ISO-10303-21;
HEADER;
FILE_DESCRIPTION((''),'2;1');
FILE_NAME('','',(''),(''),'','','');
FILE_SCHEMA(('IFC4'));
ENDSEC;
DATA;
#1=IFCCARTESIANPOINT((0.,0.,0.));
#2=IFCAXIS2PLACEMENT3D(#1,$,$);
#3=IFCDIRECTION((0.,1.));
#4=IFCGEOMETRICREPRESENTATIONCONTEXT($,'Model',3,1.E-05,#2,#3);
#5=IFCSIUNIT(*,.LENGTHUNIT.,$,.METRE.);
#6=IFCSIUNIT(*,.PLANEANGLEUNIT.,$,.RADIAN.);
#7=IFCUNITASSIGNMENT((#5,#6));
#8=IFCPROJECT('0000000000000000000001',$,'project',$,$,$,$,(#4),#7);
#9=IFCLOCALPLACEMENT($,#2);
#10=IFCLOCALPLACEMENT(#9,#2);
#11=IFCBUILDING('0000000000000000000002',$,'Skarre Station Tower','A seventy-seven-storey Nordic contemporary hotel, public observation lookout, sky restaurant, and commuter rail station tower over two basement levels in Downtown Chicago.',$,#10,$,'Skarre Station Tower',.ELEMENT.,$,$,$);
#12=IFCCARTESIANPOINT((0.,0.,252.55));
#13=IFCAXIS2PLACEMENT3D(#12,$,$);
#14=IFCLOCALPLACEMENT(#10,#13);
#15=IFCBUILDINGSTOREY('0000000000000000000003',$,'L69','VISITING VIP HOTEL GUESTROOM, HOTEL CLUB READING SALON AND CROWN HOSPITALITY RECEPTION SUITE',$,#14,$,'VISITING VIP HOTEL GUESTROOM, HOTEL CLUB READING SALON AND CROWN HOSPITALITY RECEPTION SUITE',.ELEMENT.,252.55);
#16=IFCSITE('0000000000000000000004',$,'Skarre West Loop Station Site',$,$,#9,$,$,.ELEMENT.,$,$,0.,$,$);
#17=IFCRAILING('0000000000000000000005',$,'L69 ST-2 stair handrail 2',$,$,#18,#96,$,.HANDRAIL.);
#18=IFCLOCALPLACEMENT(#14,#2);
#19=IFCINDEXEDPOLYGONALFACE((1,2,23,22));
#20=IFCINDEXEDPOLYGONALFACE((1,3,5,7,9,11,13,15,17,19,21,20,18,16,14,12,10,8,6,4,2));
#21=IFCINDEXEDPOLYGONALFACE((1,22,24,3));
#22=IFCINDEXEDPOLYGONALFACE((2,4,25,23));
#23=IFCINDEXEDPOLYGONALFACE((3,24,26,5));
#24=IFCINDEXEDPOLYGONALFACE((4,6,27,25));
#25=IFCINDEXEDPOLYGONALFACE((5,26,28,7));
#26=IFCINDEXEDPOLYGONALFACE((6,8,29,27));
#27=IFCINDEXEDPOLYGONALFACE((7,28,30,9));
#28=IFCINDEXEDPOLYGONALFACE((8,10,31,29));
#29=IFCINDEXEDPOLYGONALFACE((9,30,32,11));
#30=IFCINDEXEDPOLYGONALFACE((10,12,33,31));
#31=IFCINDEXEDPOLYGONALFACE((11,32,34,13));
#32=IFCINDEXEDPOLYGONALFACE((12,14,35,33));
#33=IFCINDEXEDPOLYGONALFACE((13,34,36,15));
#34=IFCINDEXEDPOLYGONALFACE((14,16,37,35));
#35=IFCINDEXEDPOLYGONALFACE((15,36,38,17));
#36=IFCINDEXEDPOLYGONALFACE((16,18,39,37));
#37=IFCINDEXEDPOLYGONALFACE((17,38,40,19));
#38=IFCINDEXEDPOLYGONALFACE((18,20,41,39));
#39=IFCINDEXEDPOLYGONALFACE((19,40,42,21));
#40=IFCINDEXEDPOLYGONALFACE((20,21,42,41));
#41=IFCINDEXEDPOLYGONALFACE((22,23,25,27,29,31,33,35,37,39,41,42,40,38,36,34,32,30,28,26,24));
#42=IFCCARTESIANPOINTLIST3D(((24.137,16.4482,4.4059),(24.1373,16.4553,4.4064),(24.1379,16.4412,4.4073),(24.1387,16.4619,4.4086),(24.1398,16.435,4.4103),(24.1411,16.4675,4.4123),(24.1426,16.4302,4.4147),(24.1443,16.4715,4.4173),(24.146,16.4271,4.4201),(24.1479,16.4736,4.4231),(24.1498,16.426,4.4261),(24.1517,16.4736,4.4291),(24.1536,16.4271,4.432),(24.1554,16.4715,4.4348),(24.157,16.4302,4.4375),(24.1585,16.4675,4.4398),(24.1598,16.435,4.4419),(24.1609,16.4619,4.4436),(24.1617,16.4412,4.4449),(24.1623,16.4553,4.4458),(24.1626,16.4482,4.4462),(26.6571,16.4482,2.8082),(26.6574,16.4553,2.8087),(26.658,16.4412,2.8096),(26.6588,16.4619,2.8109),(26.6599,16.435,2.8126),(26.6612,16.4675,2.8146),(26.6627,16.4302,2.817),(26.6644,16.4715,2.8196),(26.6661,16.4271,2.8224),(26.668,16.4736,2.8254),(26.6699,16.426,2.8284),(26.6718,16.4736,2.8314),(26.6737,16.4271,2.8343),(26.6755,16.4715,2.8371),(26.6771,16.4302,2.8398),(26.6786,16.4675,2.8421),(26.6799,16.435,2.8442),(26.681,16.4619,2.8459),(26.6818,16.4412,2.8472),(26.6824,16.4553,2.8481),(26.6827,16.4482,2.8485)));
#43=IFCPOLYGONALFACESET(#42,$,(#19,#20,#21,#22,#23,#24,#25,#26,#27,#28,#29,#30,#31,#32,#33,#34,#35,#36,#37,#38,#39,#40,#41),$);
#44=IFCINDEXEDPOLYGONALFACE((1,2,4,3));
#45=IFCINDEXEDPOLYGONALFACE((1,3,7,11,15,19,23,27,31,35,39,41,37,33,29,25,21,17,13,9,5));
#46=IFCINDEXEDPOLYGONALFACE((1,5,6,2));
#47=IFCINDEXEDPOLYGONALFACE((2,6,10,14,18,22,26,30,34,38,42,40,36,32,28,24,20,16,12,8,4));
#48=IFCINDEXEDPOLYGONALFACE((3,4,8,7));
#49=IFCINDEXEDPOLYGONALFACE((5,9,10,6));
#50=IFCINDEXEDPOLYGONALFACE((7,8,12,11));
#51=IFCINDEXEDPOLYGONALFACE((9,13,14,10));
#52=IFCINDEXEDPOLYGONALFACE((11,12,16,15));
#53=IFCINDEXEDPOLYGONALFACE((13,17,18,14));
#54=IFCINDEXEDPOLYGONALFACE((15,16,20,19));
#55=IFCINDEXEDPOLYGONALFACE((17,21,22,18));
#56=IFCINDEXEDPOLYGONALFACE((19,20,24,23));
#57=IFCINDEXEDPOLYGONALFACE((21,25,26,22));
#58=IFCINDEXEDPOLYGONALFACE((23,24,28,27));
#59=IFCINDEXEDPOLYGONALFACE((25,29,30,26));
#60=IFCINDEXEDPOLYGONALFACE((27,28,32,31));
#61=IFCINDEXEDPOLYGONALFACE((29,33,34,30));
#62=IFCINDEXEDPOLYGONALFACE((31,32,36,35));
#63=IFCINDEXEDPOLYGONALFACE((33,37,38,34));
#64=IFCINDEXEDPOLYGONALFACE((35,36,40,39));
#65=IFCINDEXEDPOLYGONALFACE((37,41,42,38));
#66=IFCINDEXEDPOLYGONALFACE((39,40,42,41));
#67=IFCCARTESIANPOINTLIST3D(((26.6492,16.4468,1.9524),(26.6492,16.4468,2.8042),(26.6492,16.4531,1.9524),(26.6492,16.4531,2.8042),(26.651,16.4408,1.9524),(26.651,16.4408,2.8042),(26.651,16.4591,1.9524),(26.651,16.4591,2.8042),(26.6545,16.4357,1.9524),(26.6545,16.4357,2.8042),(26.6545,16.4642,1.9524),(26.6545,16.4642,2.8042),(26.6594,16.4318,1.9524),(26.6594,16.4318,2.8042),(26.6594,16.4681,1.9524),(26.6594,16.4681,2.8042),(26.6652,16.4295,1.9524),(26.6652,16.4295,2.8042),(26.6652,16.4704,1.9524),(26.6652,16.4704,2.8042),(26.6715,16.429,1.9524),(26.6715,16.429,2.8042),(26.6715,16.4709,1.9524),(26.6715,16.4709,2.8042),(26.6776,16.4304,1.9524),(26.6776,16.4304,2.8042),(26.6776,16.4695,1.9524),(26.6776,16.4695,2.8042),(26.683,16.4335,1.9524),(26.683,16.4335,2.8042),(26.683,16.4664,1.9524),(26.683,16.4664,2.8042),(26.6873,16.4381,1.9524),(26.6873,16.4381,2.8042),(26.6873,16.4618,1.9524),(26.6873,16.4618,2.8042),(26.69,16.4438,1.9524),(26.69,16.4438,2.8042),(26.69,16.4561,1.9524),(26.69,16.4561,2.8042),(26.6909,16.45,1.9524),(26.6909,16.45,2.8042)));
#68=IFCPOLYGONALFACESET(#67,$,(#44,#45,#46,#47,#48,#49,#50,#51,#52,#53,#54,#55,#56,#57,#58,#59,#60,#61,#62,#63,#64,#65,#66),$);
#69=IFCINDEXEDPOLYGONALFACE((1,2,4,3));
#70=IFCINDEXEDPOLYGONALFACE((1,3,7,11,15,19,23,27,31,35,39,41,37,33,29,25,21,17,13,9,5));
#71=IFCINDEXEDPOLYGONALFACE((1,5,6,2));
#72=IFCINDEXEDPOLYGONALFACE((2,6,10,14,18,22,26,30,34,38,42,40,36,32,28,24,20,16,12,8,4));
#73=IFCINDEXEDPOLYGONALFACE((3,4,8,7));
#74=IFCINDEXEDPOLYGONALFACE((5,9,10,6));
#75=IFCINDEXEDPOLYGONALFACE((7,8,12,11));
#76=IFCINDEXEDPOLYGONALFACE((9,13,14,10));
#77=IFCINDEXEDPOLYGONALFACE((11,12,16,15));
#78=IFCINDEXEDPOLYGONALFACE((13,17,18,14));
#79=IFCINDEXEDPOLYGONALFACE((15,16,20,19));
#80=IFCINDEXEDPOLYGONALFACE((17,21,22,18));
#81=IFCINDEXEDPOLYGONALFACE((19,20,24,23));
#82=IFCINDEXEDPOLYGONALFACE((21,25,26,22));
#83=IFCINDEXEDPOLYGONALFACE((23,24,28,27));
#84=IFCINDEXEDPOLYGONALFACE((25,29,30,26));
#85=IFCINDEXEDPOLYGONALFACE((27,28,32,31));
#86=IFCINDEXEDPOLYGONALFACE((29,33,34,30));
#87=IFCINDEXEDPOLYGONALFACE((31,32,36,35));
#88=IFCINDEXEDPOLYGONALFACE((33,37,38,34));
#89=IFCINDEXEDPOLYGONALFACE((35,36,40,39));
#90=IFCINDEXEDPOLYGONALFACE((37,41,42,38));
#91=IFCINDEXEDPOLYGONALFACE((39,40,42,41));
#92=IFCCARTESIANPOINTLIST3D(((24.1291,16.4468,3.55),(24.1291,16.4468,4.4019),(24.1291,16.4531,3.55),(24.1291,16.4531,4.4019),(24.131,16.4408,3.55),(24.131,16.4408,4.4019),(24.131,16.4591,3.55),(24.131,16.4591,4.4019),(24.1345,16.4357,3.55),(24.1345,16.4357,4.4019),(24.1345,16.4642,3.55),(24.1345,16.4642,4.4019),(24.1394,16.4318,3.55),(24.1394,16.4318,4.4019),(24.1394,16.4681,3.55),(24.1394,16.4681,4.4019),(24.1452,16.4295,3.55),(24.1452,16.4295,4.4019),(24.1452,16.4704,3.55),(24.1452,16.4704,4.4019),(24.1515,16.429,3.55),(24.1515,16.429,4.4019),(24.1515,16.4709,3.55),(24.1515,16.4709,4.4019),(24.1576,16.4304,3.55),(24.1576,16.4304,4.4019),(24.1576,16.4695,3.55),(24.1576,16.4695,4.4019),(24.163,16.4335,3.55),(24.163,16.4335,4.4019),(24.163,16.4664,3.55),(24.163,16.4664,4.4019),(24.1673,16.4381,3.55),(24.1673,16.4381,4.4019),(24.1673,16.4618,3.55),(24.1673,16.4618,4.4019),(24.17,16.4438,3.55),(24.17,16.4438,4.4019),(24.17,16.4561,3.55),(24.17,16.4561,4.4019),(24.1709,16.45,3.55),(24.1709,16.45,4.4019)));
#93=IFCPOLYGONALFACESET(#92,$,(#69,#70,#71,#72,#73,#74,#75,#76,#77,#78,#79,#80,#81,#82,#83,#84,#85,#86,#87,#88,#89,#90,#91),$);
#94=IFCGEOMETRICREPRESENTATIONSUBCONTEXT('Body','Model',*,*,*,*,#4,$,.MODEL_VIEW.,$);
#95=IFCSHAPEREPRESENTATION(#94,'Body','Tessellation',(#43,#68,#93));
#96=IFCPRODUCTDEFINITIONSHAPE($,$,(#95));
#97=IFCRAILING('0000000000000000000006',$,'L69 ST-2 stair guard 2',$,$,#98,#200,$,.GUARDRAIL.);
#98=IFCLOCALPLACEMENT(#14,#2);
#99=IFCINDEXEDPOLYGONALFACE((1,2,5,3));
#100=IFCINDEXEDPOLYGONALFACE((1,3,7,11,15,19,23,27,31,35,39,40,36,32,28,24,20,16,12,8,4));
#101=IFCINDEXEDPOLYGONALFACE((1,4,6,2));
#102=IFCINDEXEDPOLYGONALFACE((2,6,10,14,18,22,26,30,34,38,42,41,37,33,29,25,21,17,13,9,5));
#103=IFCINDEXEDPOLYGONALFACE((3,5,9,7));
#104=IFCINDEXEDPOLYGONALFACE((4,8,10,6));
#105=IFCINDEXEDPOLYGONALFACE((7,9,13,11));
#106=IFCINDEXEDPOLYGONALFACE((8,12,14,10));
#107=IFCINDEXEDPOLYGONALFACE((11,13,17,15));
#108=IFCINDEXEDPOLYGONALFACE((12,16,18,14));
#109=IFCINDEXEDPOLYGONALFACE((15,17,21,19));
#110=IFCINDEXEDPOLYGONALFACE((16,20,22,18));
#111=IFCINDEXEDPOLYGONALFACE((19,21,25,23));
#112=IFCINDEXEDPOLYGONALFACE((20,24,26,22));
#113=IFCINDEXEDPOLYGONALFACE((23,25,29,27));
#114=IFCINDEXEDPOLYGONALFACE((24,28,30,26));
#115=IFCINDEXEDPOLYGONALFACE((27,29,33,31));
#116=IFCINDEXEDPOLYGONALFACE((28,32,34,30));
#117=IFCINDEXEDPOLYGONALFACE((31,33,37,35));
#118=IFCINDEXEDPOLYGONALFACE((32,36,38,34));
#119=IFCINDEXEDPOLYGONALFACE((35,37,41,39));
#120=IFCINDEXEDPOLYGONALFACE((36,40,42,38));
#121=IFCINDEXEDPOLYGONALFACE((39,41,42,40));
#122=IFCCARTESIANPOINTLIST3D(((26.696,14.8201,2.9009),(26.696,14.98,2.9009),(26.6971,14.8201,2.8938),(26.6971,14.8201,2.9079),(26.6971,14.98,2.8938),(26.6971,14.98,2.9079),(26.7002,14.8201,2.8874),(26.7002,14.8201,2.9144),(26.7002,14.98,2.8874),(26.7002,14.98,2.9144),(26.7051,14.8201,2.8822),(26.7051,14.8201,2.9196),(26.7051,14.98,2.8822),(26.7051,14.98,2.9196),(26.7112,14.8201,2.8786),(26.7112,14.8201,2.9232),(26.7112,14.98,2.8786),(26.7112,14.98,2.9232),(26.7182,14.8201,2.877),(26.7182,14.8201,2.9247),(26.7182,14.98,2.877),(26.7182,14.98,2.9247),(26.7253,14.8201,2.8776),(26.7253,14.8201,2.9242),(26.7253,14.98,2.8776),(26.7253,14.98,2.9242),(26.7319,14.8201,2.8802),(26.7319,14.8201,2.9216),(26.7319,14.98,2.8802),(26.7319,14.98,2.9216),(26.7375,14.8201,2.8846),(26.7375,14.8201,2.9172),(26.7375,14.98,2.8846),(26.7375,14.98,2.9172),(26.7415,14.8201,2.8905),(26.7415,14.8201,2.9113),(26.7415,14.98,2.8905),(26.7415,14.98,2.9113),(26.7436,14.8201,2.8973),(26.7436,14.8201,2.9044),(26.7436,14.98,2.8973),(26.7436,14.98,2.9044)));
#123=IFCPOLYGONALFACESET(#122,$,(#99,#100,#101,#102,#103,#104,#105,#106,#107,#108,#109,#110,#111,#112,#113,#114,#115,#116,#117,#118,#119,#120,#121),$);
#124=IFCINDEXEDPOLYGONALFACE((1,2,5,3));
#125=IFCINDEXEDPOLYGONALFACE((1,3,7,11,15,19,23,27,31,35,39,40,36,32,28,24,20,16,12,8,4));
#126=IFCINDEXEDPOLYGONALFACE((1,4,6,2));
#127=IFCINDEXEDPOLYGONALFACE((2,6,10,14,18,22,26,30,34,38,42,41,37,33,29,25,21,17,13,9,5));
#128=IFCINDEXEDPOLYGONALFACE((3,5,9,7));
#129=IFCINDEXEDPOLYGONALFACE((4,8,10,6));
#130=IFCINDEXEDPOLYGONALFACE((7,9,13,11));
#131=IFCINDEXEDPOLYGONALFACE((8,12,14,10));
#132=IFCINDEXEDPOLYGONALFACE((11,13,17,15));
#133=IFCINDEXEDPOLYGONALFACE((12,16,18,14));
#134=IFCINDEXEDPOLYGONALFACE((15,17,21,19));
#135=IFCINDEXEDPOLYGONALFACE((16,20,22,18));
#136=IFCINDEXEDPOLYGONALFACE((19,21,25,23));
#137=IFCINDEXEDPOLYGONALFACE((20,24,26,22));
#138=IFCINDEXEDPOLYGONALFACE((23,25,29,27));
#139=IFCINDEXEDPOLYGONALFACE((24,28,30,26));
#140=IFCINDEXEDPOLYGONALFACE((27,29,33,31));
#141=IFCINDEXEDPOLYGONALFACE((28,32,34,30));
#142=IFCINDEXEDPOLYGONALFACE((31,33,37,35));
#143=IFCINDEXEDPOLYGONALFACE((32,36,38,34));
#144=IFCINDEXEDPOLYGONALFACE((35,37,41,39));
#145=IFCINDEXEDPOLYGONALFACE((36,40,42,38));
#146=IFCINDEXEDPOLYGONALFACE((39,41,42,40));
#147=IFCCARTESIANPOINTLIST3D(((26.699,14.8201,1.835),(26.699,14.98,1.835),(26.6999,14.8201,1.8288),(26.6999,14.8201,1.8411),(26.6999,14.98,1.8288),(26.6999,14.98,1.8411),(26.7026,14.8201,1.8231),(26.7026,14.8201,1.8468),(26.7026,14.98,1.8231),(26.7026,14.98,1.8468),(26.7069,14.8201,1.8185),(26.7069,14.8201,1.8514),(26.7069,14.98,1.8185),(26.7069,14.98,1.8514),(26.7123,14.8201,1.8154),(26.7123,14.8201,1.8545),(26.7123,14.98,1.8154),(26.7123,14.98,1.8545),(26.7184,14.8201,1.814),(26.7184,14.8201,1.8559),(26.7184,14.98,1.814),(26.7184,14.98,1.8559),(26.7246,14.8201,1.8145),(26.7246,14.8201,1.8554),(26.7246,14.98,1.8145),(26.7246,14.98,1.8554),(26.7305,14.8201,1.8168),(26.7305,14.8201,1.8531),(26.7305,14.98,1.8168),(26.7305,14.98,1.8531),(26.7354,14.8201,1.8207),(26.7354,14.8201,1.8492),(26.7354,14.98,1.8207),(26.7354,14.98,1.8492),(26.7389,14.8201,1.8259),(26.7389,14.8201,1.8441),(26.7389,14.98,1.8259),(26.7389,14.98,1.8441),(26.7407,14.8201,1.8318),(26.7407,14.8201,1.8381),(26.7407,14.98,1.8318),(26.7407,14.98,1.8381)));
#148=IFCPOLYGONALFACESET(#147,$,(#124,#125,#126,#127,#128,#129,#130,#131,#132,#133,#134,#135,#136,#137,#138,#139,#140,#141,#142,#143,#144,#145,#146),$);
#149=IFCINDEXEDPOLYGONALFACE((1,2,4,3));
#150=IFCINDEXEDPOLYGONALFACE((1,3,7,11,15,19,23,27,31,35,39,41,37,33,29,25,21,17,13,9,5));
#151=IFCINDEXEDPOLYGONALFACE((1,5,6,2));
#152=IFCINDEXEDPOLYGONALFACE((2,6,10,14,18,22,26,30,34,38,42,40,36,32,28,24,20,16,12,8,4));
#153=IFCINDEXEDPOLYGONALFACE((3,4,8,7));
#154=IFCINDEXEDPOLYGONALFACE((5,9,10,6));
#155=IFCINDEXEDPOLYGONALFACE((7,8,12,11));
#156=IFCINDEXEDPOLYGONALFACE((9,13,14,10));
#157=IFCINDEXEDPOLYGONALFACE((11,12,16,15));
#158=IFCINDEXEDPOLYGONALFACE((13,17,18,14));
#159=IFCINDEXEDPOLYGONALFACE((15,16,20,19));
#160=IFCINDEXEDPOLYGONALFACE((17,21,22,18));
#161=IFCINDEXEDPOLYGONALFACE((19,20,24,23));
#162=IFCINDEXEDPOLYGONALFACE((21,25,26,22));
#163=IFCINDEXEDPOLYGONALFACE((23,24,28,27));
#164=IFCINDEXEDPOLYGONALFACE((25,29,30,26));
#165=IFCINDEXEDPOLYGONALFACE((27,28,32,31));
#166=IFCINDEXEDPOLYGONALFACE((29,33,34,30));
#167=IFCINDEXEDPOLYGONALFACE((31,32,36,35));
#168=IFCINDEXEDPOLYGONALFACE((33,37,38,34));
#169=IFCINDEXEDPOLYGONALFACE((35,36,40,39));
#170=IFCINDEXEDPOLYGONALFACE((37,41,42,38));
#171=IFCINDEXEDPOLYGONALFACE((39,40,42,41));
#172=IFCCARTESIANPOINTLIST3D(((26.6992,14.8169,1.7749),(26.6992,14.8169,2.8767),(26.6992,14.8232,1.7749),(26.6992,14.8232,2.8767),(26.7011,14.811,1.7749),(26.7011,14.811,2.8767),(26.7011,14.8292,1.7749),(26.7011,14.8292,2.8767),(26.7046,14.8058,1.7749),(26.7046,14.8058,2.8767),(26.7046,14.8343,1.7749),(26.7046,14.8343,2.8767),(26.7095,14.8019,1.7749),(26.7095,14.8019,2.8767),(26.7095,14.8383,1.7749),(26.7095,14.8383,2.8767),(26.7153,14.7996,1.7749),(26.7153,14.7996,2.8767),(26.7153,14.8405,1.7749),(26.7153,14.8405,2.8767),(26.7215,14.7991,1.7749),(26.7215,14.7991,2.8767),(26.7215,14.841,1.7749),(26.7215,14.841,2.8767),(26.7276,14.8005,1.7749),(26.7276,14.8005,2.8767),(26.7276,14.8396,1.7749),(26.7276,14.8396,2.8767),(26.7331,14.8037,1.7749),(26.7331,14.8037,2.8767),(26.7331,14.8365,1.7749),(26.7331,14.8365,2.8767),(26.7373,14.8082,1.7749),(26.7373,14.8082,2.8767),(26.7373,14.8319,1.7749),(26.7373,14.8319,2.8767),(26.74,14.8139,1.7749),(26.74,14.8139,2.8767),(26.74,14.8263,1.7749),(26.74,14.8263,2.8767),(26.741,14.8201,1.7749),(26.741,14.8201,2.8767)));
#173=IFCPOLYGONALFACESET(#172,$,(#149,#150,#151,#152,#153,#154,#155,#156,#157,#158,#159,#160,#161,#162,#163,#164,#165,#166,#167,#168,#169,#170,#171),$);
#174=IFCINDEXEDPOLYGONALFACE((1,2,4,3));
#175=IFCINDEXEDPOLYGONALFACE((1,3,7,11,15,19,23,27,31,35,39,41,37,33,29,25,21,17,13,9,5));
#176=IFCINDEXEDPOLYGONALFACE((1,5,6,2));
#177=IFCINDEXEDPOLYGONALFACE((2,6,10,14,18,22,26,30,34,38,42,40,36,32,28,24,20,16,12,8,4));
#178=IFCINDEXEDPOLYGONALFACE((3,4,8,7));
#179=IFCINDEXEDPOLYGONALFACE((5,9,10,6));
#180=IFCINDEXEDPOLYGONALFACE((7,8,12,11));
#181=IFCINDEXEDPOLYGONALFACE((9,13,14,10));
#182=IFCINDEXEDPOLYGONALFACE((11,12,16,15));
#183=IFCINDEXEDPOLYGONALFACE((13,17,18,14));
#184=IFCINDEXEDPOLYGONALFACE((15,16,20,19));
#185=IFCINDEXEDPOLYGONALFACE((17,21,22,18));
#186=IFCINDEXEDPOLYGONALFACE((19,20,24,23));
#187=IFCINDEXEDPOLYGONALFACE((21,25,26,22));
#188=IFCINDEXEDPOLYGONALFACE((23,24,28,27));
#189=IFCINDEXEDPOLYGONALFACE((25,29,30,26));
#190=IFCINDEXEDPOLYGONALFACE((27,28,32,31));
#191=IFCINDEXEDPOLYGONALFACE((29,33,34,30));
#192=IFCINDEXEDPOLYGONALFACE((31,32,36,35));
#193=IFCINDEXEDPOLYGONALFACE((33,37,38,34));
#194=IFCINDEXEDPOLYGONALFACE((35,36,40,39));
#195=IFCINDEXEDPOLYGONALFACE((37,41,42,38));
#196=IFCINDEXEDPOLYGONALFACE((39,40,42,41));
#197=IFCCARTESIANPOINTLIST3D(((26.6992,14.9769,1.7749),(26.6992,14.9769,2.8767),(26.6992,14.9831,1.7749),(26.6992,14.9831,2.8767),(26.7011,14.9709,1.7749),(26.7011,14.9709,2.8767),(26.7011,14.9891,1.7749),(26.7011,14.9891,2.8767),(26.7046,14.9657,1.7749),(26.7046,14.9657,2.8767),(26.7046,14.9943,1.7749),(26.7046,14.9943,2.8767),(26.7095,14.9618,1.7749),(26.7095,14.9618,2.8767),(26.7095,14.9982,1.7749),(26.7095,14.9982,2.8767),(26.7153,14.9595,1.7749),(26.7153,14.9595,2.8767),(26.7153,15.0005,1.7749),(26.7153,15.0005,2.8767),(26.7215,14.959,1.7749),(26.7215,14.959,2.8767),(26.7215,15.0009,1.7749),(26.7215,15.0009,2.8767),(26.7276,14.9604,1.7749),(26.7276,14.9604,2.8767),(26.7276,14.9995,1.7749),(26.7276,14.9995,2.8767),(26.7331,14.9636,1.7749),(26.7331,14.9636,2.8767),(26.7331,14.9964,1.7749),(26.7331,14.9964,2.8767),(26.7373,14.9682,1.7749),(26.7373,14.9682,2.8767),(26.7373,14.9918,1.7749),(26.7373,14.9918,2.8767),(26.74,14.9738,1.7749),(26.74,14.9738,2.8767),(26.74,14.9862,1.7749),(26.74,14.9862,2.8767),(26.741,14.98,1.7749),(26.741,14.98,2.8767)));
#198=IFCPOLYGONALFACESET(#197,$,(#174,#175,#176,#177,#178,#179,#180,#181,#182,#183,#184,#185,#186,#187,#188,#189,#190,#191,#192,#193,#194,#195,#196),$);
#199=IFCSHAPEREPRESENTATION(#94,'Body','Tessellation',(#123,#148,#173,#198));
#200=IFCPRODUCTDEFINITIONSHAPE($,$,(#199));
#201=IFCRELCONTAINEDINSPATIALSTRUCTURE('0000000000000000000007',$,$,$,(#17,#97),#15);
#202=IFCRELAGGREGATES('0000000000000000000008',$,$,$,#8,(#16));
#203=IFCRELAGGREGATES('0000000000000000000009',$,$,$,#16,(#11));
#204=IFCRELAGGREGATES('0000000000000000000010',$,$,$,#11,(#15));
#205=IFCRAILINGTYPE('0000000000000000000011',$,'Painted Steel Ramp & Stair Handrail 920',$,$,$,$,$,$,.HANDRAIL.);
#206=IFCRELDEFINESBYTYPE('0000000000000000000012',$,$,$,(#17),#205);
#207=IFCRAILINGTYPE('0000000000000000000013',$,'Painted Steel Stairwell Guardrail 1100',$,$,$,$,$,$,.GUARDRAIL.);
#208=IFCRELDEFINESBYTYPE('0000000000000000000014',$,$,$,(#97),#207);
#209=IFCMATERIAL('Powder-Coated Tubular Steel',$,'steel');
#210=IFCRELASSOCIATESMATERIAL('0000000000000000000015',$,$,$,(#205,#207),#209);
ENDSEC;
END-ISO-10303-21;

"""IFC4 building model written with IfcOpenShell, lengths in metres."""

from ifc_helpers import new_model, si_unit, direction, frame, origin, origin_2d, place, context, subcontext, project, spatial, circle, extrude, material, type_object, element, save


model = new_model("IFC4")

# Units and contexts
model_context = context("Model", 3, precision=1e-05, world=origin(), true_north=direction((0.0, 1.0)))
body_context = subcontext(model_context, "Body", "Model", "MODEL_VIEW")
ifc_project = project(units=[si_unit("LENGTHUNIT", "METRE"), si_unit("PLANEANGLEUNIT", "RADIAN")], contexts=[model_context])

# Site, building, storey
site_placement = place(None, origin())
site = spatial("IfcSite", under=ifc_project, at=site_placement, Name="Skarre West Loop Station Site", CompositionType="ELEMENT", RefElevation=0.0)
building_placement = place(site_placement, origin())
building = spatial("IfcBuilding", under=site, at=building_placement, Name="Skarre Station Tower", Description="A seventy-seven-storey Nordic contemporary hotel, public observation lookout, sky restaurant, and commuter rail station tower over two basement levels in Downtown Chicago.", LongName="Skarre Station Tower", CompositionType="ELEMENT")
storey_placement = place(building_placement, frame((0.0, 0.0, 252.55)))
storey = spatial("IfcBuildingStorey", under=building, at=storey_placement, Name="L69", Description="VISITING VIP HOTEL GUESTROOM, HOTEL CLUB READING SALON AND CROWN HOSPITALITY RECEPTION SUITE", LongName="VISITING VIP HOTEL GUESTROOM, HOTEL CLUB READING SALON AND CROWN HOSPITALITY RECEPTION SUITE", CompositionType="ELEMENT", Elevation=252.55)

# Railings
ifc_material_1 = material(Name="Powder-Coated Tubular Steel", Category="steel")
railing_type_1 = type_object("IfcRailingType", Name="Painted Steel Ramp & Stair Handrail 920", PredefinedType="HANDRAIL", material=ifc_material_1)
railing_1_placement = place(storey_placement, frame((26.6699, 16.45, 1.9524)))
element("IfcRailing", 1, at=railing_1_placement, inside=storey, type_object=railing_type_1, Name="L69 ST-2 stair handrail 2", PredefinedType="HANDRAIL", context=body_context, shape_type="SweptSolid", body=[
    extrude(circle(Radius=0.0239, at=origin_2d()), frame((0.0, 0.0, 0.876), z_axis=(-0.84457, 0.0, 0.535445), x_axis=(0.0, -1.0, 0.0)), (0.0, 0.0, 1.0), 2.9839),
    extrude(circle(Radius=0.021, at=origin_2d()), origin(), (0.0, 0.0, 1.0), 0.8518),
    extrude(circle(Radius=0.021, at=origin_2d()), frame((-2.52, 0.0, 1.5977)), (0.0, 0.0, 1.0), 0.8518),
])
railing_type_2 = type_object("IfcRailingType", Name="Painted Steel Stairwell Guardrail 1100", PredefinedType="GUARDRAIL", material=ifc_material_1)
railing_2_placement = place(storey_placement, frame((26.72, 14.8201, 1.7749)))
element("IfcRailing", 2, at=railing_2_placement, inside=storey, type_object=railing_type_2, Name="L69 ST-2 stair guard 2", PredefinedType="GUARDRAIL", context=body_context, shape_type="SweptSolid", body=[
    extrude(circle(Radius=0.0239, at=origin_2d()), frame((0.0, 0.0, 1.126), z_axis=(0.0, 1.0, 0.0), x_axis=(-1.0, 0.0, 0.0)), (0.0, 0.0, 1.0), 0.1599),
    extrude(circle(Radius=0.021, at=origin_2d()), frame((0.0, 0.0, 0.0601), z_axis=(0.0, 1.0, 0.0), x_axis=(-1.0, 0.0, 0.0)), (0.0, 0.0, 1.0), 0.1599),
    extrude(circle(Radius=0.021, at=origin_2d()), origin(), (0.0, 0.0, 1.0), 1.1018),
    extrude(circle(Radius=0.021, at=origin_2d()), frame((0.0, 0.1599, 0.0)), (0.0, 0.0, 1.0), 1.1018),
])

save(model, "model.ifc")
